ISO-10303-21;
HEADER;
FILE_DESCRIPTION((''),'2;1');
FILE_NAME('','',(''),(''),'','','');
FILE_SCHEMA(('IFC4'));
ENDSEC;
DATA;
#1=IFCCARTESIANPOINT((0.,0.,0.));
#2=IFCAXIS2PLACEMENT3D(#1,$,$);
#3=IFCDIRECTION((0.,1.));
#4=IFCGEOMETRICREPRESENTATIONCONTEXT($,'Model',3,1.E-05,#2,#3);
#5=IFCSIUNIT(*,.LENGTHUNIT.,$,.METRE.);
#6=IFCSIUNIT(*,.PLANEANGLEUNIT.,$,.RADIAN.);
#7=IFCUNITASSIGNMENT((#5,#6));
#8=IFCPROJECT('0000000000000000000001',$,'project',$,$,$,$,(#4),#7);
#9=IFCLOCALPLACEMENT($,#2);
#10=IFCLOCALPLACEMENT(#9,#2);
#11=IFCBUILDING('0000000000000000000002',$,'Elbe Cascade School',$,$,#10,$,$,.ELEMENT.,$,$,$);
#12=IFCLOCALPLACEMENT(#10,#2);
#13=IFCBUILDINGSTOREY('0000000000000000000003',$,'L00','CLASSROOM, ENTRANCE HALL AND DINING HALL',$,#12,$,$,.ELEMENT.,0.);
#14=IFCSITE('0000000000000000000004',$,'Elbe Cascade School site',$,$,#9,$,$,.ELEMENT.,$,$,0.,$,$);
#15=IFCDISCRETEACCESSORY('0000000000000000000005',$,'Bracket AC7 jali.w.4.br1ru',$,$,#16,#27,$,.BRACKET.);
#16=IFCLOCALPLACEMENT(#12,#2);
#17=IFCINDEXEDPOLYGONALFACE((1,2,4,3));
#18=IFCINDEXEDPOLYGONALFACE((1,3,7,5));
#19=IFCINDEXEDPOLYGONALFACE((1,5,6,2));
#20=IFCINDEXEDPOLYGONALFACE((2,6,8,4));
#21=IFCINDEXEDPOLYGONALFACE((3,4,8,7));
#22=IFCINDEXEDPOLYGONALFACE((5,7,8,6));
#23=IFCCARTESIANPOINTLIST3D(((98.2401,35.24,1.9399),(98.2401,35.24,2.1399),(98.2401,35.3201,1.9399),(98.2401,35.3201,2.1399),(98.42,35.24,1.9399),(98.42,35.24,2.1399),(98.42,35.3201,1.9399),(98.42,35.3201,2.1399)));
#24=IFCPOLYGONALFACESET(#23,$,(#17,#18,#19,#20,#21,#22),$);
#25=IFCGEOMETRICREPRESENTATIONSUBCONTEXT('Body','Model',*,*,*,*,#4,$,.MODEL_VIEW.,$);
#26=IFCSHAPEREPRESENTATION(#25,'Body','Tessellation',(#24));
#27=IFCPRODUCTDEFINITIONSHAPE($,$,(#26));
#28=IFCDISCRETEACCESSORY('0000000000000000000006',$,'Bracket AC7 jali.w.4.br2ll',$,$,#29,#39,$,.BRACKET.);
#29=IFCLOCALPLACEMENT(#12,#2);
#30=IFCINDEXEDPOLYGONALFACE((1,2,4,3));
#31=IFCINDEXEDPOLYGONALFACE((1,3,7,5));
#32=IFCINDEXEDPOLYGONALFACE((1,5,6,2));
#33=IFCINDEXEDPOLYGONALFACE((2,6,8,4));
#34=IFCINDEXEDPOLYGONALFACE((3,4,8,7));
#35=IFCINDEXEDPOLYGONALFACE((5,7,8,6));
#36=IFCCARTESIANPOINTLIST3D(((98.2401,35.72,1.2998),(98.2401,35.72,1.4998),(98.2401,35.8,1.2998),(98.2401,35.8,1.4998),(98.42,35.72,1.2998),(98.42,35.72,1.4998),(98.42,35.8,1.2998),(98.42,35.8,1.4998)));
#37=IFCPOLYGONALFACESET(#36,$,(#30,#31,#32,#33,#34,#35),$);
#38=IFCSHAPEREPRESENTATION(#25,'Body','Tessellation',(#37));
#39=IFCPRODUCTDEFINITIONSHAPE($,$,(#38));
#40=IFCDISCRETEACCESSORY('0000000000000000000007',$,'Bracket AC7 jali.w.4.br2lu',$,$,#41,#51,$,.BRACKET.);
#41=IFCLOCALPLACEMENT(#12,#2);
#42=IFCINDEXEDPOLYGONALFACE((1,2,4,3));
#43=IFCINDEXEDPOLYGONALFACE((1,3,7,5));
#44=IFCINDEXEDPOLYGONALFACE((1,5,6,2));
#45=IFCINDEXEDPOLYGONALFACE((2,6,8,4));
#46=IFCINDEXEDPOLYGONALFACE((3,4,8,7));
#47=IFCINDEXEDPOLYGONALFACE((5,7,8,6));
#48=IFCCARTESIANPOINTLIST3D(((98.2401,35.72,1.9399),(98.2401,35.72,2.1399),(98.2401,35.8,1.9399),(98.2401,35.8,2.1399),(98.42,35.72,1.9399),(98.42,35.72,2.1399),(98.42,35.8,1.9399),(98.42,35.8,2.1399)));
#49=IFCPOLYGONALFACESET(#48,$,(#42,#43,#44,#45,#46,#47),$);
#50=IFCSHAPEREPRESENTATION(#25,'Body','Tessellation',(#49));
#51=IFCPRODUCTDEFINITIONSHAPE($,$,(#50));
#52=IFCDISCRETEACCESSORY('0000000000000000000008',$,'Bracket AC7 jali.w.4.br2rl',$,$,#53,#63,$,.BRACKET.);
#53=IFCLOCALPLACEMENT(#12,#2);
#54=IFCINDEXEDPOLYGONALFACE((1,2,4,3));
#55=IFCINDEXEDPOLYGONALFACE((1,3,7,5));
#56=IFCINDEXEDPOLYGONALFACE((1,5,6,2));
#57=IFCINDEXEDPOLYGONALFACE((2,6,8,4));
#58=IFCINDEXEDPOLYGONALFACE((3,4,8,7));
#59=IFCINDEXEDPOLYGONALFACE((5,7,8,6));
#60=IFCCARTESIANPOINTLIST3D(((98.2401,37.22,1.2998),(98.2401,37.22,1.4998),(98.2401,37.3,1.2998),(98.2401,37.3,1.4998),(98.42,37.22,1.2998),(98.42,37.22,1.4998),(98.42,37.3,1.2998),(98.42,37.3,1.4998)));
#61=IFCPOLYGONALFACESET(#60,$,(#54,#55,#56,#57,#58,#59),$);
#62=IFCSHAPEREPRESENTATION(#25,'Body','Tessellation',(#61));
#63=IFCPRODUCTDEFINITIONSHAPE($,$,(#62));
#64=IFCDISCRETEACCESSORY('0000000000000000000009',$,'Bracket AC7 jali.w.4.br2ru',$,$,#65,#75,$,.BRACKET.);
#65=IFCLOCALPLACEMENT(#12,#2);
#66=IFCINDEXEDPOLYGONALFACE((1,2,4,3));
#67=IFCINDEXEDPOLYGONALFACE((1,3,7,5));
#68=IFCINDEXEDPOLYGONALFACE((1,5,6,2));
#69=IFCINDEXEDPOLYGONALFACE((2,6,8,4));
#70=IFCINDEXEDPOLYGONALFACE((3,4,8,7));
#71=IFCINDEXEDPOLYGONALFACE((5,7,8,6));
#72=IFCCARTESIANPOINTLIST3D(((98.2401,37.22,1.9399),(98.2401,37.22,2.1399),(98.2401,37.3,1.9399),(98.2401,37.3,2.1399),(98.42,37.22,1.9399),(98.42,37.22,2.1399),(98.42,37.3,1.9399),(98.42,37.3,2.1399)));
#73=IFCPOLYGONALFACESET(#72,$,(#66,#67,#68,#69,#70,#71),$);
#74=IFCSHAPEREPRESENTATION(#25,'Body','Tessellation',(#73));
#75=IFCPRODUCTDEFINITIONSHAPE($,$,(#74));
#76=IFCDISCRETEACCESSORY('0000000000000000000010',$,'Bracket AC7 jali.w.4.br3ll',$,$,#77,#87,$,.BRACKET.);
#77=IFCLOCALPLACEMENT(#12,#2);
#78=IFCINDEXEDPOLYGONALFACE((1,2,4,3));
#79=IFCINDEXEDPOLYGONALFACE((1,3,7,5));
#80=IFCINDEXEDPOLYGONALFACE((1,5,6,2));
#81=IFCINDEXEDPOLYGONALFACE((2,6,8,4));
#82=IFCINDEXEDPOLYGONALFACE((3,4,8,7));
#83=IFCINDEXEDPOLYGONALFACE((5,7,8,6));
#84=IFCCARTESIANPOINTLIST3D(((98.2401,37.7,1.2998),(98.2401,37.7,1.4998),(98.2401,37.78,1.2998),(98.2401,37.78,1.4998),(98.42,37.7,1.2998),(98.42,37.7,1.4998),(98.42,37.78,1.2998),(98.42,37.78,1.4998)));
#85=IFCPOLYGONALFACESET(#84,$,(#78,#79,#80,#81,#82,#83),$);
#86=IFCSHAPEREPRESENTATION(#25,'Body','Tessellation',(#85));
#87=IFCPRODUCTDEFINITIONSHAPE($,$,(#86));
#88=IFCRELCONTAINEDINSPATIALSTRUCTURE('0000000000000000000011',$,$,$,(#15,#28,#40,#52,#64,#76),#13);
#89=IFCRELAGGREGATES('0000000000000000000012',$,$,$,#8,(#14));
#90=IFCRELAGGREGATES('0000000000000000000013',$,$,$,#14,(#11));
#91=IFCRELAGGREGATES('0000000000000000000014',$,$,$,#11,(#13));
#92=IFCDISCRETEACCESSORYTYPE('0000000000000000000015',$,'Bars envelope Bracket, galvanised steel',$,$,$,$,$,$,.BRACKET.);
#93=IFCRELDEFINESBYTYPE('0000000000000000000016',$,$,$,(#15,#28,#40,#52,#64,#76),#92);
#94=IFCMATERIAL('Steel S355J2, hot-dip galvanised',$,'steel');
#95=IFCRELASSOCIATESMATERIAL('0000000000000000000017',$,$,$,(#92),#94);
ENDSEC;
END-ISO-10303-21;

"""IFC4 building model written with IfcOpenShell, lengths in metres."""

from ifc_helpers import new_model, si_unit, direction, frame, origin, origin_2d, place, context, subcontext, project, spatial, rectangle, extrude, material, type_object, element, save


model = new_model("IFC4")

# Units and contexts
model_context = context("Model", 3, precision=1e-05, world=origin(), true_north=direction((0.0, 1.0)))
body_context = subcontext(model_context, "Body", "Model", "MODEL_VIEW")
ifc_project = project(units=[si_unit("LENGTHUNIT", "METRE"), si_unit("PLANEANGLEUNIT", "RADIAN")], contexts=[model_context])

# Site, building, storey
site_placement = place(None, origin())
site = spatial("IfcSite", under=ifc_project, at=site_placement, Name="Elbe Cascade School site", CompositionType="ELEMENT", RefElevation=0.0)
building_placement = place(site_placement, origin())
building = spatial("IfcBuilding", under=site, at=building_placement, Name="Elbe Cascade School", CompositionType="ELEMENT")
storey_placement = place(building_placement, origin())
storey = spatial("IfcBuildingStorey", under=building, at=storey_placement, Name="L00", Description="CLASSROOM, ENTRANCE HALL AND DINING HALL", CompositionType="ELEMENT", Elevation=0.0)

# Discrete accessories
ifc_material_1 = material(Name="Steel S355J2, hot-dip galvanised", Category="steel")
discrete_accessory_type = type_object("IfcDiscreteAccessoryType", Name="Bars envelope Bracket, galvanised steel", PredefinedType="BRACKET", material=ifc_material_1)
for number, where, z_axis, x_axis, name in (
    (1, (98.3301, 35.28, 1.9399), (0.0, 0.0, 1.0), (0.0, 1.0, 0.0), "Bracket AC7 jali.w.4.br1ru"),
    (2, (98.3301, 35.76, 1.2998), (0.0, 0.0, 1.0), (0.0, 1.0, 0.0), "Bracket AC7 jali.w.4.br2ll"),
    (3, (98.3301, 35.76, 1.9399), (0.0, 0.0, 1.0), (0.0, 1.0, 0.0), "Bracket AC7 jali.w.4.br2lu"),
    (4, (98.3301, 37.26, 1.2998), (0.0, 0.0, 1.0), (0.0, 1.0, 0.0), "Bracket AC7 jali.w.4.br2rl"),
    (5, (98.3301, 37.26, 1.9399), (0.0, 0.0, 1.0), (0.0, 1.0, 0.0), "Bracket AC7 jali.w.4.br2ru"),
    (6, (98.3301, 37.74, 1.2998), (0.0, 0.0, 1.0), (0.0, 1.0, 0.0), "Bracket AC7 jali.w.4.br3ll"),
):
    element("IfcDiscreteAccessory", number, at=place(storey_placement, frame(where, z_axis=z_axis, x_axis=x_axis)), inside=storey, type_object=discrete_accessory_type, Name=name, PredefinedType="BRACKET", context=body_context, shape_type="SweptSolid", body=[
        extrude(rectangle(XDim=0.0801, YDim=0.1799, at=origin_2d()), origin(), (0.0, 0.0, 1.0), 0.2),
    ])

save(model, "model.ifc")
